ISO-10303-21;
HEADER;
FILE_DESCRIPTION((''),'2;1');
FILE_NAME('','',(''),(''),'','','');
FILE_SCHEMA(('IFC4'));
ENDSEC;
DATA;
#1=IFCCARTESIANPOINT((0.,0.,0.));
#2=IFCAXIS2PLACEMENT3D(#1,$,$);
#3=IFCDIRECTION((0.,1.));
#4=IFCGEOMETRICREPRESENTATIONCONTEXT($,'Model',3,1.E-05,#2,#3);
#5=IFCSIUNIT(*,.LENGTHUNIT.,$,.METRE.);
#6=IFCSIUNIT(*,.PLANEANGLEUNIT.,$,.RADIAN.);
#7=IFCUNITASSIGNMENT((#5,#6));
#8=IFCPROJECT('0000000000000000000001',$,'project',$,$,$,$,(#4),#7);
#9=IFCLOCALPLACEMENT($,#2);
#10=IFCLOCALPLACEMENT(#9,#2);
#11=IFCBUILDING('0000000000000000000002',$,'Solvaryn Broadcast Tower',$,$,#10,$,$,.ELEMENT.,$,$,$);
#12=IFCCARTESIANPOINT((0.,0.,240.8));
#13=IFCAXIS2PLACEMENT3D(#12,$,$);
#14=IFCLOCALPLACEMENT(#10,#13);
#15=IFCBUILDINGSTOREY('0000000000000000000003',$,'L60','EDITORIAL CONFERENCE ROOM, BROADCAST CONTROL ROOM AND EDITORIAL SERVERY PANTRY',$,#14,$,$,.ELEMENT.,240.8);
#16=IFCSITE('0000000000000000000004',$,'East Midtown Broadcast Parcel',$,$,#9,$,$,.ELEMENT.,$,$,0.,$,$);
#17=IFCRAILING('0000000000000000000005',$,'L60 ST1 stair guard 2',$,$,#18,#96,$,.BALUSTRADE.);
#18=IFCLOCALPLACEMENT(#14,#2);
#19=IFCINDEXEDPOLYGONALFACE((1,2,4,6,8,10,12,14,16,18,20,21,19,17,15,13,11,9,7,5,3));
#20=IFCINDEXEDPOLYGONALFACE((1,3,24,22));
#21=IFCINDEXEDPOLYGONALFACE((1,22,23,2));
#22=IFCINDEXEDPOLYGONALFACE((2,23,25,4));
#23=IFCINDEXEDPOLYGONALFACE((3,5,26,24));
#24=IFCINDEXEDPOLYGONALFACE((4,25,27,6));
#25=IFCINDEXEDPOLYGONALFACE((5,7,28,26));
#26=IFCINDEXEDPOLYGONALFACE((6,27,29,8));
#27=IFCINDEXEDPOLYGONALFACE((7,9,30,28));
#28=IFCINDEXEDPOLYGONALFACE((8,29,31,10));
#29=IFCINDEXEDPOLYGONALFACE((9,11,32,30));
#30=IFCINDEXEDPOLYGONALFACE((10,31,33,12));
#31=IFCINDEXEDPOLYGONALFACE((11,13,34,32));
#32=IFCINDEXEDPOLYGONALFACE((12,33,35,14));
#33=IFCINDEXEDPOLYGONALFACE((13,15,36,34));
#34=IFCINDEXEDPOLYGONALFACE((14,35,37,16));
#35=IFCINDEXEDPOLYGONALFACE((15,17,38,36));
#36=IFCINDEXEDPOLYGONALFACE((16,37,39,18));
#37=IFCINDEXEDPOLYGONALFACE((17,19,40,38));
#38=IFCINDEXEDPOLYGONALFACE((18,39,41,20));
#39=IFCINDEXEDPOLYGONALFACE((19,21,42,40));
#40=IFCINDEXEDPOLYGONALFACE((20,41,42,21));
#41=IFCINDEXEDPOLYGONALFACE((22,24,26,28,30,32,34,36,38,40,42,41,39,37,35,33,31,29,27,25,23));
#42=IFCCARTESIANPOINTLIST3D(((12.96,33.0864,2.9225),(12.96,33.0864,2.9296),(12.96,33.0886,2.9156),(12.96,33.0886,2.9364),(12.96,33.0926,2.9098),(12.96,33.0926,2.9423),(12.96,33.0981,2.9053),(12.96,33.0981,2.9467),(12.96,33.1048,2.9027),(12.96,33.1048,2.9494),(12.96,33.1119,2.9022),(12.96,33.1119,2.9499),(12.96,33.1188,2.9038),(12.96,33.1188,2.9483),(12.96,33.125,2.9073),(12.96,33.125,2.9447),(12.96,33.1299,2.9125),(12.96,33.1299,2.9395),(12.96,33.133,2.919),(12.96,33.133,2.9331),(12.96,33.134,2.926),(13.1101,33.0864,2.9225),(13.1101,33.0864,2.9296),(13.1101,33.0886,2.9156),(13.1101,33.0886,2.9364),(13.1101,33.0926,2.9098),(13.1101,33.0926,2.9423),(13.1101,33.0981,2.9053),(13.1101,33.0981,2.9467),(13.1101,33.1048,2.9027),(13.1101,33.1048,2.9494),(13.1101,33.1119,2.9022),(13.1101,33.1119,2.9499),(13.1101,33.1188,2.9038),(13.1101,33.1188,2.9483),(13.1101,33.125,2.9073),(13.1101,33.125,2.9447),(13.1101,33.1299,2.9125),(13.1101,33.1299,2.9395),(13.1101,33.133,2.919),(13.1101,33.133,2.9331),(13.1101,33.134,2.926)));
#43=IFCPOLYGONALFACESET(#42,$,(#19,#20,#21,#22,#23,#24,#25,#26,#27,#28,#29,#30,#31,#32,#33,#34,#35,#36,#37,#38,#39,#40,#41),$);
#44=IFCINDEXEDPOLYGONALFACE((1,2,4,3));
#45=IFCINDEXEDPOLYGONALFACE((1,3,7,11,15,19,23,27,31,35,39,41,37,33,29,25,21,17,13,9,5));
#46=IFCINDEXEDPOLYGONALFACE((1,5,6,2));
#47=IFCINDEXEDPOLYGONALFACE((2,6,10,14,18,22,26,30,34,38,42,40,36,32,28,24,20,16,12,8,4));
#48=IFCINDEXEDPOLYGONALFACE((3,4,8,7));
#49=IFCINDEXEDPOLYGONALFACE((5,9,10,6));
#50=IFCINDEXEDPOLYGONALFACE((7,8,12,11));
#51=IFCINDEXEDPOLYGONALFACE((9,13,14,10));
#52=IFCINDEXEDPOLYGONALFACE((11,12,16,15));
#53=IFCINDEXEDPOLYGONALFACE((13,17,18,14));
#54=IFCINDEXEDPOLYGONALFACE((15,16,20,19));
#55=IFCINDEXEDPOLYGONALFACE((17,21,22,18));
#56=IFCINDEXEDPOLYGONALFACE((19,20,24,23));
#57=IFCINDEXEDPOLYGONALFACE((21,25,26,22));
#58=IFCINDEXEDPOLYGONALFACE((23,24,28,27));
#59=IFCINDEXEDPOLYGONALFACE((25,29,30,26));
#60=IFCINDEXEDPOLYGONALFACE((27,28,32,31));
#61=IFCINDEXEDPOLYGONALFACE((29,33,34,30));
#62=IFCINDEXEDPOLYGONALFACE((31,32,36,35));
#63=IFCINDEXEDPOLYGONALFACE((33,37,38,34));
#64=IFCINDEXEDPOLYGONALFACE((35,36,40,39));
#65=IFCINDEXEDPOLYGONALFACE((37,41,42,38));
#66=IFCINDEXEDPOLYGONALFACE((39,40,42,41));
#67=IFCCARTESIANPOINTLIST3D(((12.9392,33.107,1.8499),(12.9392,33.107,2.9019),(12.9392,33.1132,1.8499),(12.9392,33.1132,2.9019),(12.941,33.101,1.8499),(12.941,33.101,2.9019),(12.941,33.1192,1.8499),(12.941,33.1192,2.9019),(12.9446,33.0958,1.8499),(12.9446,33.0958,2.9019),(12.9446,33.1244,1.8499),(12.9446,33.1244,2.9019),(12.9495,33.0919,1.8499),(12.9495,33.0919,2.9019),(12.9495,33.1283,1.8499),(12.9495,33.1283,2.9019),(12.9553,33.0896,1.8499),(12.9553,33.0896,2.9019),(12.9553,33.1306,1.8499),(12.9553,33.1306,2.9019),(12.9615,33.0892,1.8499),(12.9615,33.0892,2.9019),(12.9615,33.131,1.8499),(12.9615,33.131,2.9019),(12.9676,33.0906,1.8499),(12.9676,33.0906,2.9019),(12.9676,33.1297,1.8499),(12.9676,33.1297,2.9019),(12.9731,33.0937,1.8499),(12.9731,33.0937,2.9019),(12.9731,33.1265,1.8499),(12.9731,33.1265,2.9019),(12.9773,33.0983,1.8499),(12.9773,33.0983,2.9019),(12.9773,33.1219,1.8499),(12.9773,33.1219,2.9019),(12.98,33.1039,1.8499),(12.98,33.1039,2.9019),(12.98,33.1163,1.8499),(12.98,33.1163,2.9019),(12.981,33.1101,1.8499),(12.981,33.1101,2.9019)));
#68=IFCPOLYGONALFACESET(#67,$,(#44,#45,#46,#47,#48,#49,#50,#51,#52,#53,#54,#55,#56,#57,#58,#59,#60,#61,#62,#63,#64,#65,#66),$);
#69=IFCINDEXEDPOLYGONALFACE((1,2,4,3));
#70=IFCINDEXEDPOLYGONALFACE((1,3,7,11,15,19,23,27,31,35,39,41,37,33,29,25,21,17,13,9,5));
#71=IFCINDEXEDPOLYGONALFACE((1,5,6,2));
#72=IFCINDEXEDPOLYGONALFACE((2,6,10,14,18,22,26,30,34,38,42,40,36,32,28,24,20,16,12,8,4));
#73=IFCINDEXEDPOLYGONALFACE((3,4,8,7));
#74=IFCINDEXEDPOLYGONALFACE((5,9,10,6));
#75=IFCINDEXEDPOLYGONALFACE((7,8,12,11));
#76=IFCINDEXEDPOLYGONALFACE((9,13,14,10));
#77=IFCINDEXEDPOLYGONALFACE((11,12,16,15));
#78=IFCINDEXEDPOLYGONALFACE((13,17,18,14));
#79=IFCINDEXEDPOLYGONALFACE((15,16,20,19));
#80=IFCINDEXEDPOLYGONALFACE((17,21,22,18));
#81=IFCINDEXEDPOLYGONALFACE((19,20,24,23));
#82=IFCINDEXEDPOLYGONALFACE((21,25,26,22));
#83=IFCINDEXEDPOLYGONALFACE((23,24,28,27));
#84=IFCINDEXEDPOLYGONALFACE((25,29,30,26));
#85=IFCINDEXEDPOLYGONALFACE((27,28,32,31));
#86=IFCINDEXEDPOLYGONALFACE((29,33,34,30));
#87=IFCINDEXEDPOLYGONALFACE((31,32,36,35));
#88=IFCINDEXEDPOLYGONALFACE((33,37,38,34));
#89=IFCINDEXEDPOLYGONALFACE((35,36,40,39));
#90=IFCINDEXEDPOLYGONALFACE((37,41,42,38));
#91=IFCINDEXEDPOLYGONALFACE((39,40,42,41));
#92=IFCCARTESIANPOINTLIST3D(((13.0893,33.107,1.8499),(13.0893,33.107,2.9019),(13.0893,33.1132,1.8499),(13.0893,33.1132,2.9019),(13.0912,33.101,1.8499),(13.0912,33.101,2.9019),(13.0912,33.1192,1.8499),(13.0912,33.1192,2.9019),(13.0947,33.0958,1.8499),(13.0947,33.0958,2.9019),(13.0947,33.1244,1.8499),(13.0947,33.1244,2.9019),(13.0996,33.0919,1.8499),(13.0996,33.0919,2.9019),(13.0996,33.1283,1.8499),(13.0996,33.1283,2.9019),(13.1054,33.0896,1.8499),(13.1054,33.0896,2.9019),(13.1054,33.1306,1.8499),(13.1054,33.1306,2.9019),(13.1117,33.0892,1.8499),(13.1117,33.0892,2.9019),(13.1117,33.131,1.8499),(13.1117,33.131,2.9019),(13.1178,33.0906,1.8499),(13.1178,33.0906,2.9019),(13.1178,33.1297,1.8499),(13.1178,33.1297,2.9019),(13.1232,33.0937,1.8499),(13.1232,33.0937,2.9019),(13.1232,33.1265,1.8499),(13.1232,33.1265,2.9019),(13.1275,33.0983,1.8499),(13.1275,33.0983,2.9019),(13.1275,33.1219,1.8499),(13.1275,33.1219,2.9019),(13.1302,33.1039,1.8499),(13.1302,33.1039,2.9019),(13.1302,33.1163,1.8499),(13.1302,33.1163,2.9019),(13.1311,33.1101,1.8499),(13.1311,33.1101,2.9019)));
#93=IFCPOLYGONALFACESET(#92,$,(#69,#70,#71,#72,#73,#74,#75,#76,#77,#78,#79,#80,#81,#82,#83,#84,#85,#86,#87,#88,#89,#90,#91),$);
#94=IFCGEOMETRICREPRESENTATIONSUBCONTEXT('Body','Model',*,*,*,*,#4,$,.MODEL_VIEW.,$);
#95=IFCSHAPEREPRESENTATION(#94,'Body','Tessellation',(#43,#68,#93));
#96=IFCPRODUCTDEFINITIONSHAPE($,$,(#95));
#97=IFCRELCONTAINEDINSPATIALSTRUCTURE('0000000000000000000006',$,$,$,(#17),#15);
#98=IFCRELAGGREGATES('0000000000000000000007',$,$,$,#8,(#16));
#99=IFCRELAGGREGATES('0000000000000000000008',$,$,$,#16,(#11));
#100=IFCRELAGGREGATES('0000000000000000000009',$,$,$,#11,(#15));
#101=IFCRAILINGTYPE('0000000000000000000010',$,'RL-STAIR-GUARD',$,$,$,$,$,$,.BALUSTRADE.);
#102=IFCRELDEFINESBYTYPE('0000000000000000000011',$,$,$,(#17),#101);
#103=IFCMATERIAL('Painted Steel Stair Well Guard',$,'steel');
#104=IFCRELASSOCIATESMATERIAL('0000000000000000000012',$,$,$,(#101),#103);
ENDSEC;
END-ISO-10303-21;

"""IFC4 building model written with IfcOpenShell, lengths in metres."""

from ifc_helpers import new_model, si_unit, direction, frame, origin, origin_2d, place, context, subcontext, project, spatial, circle, extrude, material, type_object, element, save


model = new_model("IFC4")

# Units and contexts
model_context = context("Model", 3, precision=1e-05, world=origin(), true_north=direction((0.0, 1.0)))
body_context = subcontext(model_context, "Body", "Model", "MODEL_VIEW")
ifc_project = project(units=[si_unit("LENGTHUNIT", "METRE"), si_unit("PLANEANGLEUNIT", "RADIAN")], contexts=[model_context])

# Site, building, storey
site_placement = place(None, origin())
site = spatial("IfcSite", under=ifc_project, at=site_placement, Name="East Midtown Broadcast Parcel", CompositionType="ELEMENT", RefElevation=0.0)
building_placement = place(site_placement, origin())
building = spatial("IfcBuilding", under=site, at=building_placement, Name="Solvaryn Broadcast Tower", CompositionType="ELEMENT")
storey_placement = place(building_placement, frame((0.0, 0.0, 240.8)))
storey = spatial("IfcBuildingStorey", under=building, at=storey_placement, Name="L60", Description="EDITORIAL CONFERENCE ROOM, BROADCAST CONTROL ROOM AND EDITORIAL SERVERY PANTRY", CompositionType="ELEMENT", Elevation=240.8)

# Railing
ifc_material_1 = material(Name="Painted Steel Stair Well Guard", Category="steel")
railing_type_1 = type_object("IfcRailingType", Name="RL-STAIR-GUARD", PredefinedType="BALUSTRADE", material=ifc_material_1)
railing_1_placement = place(storey_placement, frame((12.96, 33.1101, 1.8499)))
element("IfcRailing", 1, at=railing_1_placement, inside=storey, type_object=railing_type_1, Name="L60 ST1 stair guard 2", PredefinedType="BALUSTRADE", context=body_context, shape_type="SweptSolid", body=[
    extrude(circle(Radius=0.0239, at=origin_2d()), frame((0.0, 0.0, 1.0762), z_axis=(1.0, 0.0, 0.0), x_axis=(0.0, 1.0, 0.0)), (0.0, 0.0, 1.0), 0.1501),
    extrude(circle(Radius=0.021, at=origin_2d()), origin(), (0.0, 0.0, 1.0), 1.052),
    extrude(circle(Radius=0.021, at=origin_2d()), frame((0.1501, 0.0, 0.0)), (0.0, 0.0, 1.0), 1.052),
])

save(model, "model.ifc")
